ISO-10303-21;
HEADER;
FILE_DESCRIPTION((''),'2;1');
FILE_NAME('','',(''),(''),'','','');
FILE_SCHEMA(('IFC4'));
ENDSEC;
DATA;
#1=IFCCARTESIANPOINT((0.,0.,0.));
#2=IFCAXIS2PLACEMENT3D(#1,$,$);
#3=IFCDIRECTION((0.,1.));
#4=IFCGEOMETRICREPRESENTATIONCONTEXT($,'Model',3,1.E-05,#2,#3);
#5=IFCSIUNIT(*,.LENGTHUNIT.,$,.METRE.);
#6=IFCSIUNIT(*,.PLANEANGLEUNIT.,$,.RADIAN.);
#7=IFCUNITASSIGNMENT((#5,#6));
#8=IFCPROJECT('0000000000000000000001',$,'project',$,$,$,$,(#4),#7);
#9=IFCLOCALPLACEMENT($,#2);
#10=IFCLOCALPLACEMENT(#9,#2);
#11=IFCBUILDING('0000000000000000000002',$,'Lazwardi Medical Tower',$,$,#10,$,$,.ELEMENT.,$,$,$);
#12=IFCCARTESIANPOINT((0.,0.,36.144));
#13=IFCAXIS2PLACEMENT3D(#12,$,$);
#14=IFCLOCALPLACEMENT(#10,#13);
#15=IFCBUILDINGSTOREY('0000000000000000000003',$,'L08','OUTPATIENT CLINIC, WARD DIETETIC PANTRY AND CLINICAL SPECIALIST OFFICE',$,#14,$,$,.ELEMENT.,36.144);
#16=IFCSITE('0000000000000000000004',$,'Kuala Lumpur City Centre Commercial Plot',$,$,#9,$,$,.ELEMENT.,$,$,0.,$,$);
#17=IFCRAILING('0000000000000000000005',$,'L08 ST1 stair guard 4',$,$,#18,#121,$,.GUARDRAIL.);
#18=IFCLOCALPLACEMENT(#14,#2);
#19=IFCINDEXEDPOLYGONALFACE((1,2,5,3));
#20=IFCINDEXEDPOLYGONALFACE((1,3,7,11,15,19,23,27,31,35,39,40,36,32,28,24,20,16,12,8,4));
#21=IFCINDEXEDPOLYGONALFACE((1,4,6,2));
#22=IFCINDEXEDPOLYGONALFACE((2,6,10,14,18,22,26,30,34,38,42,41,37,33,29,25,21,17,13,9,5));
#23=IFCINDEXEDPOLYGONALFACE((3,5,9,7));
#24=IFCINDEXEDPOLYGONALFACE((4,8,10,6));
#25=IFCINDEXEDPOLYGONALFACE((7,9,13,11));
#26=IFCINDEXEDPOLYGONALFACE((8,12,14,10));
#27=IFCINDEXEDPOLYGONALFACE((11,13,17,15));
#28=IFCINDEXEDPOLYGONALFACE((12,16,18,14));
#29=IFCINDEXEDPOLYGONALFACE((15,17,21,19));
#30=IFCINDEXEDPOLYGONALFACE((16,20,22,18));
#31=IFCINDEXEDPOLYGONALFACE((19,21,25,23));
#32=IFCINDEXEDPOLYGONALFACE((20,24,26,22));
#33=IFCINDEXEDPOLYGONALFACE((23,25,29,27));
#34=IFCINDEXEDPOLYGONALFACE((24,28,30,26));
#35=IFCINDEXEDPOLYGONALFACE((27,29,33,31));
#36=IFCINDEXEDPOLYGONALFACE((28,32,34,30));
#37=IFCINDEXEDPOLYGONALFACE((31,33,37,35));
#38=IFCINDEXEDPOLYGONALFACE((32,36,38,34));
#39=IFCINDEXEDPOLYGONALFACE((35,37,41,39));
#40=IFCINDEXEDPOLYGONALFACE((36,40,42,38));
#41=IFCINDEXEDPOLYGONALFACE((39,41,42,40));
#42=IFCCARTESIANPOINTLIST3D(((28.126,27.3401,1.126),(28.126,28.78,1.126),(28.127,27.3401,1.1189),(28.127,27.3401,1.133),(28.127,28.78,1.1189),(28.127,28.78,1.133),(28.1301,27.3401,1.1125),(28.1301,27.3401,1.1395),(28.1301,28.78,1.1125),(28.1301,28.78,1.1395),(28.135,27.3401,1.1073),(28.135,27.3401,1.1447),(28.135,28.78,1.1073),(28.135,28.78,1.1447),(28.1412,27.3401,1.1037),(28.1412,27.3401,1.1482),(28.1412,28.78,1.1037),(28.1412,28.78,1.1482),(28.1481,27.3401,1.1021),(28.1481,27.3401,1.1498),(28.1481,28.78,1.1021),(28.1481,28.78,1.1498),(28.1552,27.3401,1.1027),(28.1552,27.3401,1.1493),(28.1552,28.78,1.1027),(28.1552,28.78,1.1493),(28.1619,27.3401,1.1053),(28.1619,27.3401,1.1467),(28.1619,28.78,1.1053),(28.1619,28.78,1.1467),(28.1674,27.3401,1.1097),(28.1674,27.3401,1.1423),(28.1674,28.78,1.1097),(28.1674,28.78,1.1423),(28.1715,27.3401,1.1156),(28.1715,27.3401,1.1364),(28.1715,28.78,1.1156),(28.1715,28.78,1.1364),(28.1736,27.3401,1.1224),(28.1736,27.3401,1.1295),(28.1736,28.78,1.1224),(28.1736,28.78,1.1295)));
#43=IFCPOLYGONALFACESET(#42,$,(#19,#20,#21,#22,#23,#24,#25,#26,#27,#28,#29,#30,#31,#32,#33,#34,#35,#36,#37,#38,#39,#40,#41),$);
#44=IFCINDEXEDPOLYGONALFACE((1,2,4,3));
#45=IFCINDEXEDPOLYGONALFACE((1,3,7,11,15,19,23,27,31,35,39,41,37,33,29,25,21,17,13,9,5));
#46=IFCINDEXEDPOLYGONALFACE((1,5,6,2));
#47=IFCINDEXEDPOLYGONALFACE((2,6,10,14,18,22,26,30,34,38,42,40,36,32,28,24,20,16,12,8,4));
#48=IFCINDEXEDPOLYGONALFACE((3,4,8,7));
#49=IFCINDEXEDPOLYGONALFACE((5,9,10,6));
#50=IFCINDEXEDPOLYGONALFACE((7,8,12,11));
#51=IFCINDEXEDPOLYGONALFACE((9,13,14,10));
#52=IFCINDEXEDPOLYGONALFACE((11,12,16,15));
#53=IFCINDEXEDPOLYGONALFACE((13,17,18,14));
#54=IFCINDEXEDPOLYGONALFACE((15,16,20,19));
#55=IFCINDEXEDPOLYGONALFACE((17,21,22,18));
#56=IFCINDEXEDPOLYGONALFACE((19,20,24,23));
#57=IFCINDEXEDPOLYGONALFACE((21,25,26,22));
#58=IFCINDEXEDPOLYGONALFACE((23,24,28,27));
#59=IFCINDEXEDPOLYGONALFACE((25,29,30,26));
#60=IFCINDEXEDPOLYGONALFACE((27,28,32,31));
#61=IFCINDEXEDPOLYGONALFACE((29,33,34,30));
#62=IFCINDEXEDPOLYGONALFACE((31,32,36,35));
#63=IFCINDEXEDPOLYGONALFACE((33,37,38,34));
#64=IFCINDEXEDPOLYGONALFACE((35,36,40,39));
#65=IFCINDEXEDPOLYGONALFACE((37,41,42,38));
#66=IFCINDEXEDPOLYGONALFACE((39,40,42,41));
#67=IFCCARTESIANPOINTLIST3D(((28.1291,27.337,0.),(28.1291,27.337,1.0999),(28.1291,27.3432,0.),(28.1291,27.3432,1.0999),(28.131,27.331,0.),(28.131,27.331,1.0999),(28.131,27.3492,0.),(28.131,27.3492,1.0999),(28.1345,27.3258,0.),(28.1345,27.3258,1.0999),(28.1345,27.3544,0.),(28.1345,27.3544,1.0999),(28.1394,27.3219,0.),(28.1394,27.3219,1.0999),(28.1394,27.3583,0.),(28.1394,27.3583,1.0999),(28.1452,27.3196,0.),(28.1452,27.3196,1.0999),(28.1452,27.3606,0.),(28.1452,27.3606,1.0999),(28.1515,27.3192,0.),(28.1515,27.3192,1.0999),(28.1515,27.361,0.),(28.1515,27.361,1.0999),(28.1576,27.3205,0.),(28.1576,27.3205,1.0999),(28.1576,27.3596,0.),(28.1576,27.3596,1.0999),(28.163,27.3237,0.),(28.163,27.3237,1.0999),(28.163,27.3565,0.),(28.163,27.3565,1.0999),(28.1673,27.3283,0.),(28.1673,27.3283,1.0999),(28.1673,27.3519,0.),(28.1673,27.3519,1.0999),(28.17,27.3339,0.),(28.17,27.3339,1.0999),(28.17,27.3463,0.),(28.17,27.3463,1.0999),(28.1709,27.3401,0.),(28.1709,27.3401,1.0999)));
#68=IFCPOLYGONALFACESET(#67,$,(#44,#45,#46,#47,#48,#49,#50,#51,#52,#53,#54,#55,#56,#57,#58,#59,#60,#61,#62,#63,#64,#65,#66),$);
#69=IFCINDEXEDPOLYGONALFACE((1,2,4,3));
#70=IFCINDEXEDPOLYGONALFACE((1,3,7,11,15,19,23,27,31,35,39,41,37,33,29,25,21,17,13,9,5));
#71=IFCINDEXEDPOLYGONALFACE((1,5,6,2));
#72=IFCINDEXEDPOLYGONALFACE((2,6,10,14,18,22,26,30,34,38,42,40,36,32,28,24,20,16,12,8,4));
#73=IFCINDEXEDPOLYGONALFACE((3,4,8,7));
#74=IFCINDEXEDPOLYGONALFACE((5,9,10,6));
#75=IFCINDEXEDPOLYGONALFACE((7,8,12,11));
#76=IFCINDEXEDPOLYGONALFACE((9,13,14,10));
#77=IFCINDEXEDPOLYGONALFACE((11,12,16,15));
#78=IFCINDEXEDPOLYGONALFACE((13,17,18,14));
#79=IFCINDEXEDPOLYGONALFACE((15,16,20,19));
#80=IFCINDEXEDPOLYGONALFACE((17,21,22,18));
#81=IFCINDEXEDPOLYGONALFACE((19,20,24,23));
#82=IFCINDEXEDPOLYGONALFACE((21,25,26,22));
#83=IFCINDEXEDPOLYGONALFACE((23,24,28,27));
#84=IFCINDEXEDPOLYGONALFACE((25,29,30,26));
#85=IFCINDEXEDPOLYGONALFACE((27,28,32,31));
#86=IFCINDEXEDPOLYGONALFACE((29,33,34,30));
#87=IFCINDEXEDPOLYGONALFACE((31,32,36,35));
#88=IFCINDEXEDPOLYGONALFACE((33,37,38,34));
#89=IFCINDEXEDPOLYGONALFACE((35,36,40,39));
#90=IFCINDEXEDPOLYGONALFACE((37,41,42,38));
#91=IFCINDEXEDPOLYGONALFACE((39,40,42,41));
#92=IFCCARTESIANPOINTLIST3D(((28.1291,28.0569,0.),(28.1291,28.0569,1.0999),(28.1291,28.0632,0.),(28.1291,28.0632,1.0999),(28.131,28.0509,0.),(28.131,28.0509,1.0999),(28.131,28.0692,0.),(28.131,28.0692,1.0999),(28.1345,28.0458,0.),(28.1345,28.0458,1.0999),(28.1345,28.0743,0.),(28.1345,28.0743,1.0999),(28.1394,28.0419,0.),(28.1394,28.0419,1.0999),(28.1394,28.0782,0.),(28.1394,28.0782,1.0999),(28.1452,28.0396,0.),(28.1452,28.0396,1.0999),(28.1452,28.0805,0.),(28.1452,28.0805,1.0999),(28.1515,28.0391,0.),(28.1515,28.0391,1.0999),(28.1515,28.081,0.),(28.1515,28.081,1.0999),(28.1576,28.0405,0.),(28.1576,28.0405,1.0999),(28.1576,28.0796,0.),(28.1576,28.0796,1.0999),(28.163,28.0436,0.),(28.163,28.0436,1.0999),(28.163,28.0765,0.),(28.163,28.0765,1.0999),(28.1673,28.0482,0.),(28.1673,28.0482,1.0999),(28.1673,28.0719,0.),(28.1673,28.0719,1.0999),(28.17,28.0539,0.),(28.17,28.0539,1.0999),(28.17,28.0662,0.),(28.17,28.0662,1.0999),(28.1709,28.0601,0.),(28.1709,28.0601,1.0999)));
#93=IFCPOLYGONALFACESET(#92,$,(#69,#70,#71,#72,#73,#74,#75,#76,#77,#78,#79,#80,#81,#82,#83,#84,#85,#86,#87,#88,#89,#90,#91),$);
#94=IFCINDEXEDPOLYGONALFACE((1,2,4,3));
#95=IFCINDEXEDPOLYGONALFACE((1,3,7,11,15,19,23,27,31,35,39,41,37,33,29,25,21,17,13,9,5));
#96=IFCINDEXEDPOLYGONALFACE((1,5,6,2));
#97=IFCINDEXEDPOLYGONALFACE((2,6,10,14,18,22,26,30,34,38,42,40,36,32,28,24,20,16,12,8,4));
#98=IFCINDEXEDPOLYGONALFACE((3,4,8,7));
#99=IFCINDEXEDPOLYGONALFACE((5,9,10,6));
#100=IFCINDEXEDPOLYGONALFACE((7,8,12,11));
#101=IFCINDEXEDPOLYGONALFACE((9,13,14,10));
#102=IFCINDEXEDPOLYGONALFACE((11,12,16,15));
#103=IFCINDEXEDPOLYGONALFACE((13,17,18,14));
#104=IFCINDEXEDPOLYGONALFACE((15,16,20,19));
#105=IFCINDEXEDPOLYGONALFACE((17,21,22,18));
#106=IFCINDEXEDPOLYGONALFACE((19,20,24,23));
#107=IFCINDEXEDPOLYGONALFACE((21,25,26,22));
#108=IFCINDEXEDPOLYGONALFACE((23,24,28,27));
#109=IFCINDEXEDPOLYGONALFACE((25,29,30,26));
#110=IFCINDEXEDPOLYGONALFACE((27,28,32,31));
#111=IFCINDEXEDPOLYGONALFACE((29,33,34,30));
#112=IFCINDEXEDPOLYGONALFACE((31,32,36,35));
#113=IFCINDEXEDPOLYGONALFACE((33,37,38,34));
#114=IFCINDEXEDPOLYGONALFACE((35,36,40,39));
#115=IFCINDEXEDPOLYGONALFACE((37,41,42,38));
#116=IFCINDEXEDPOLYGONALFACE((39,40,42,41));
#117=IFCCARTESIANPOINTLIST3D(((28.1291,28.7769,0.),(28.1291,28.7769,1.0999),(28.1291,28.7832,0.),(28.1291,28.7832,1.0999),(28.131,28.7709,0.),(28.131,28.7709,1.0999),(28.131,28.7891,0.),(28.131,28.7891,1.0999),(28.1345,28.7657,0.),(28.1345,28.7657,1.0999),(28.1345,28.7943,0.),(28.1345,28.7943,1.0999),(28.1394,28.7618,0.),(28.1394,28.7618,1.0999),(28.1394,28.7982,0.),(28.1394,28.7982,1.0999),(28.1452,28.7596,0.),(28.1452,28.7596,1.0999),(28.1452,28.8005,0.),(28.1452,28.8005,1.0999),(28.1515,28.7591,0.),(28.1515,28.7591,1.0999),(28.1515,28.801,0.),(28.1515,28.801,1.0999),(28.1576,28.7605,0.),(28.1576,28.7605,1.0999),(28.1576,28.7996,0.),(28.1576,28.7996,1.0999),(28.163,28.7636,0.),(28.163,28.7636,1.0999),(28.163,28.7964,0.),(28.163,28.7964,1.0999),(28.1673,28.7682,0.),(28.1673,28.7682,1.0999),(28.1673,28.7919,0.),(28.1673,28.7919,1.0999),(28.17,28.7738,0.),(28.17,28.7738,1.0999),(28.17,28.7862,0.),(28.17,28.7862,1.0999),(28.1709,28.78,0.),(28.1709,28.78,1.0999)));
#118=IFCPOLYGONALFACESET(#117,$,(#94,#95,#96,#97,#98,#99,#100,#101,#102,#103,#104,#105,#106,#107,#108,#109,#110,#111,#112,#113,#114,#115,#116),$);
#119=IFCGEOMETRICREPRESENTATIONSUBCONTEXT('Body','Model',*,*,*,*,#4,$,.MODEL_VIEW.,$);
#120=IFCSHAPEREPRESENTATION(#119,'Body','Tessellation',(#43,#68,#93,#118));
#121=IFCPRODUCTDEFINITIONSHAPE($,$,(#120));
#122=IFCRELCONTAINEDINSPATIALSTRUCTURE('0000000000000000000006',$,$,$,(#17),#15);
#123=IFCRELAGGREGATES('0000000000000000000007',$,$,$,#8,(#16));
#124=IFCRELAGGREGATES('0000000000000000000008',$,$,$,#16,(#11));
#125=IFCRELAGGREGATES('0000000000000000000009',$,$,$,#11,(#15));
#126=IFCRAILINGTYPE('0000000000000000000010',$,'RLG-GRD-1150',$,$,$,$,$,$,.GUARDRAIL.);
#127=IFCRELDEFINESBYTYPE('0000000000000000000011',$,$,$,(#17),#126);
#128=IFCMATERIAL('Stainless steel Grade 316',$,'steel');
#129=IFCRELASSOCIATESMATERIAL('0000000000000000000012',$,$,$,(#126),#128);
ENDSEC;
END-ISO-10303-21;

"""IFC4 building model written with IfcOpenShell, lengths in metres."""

from ifc_helpers import new_model, si_unit, direction, frame, origin, origin_2d, place, context, subcontext, project, spatial, circle, extrude, material, type_object, element, save


model = new_model("IFC4")

# Units and contexts
model_context = context("Model", 3, precision=1e-05, world=origin(), true_north=direction((0.0, 1.0)))
body_context = subcontext(model_context, "Body", "Model", "MODEL_VIEW")
ifc_project = project(units=[si_unit("LENGTHUNIT", "METRE"), si_unit("PLANEANGLEUNIT", "RADIAN")], contexts=[model_context])

# Site, building, storey
site_placement = place(None, origin())
site = spatial("IfcSite", under=ifc_project, at=site_placement, Name="Kuala Lumpur City Centre Commercial Plot", CompositionType="ELEMENT", RefElevation=0.0)
building_placement = place(site_placement, origin())
building = spatial("IfcBuilding", under=site, at=building_placement, Name="Lazwardi Medical Tower", CompositionType="ELEMENT")
storey_placement = place(building_placement, frame((0.0, 0.0, 36.144)))
storey = spatial("IfcBuildingStorey", under=building, at=storey_placement, Name="L08", Description="OUTPATIENT CLINIC, WARD DIETETIC PANTRY AND CLINICAL SPECIALIST OFFICE", CompositionType="ELEMENT", Elevation=36.144)

# Railing
ifc_material_1 = material(Name="Stainless steel Grade 316", Category="steel")
railing_type_1 = type_object("IfcRailingType", Name="RLG-GRD-1150", PredefinedType="GUARDRAIL", material=ifc_material_1)
railing_1_placement = place(storey_placement, frame((28.1499, 27.3401, 0.0)))
element("IfcRailing", 1, at=railing_1_placement, inside=storey, type_object=railing_type_1, Name="L08 ST1 stair guard 4", PredefinedType="GUARDRAIL", context=body_context, shape_type="SweptSolid", body=[
    extrude(circle(Radius=0.0239, at=origin_2d()), frame((0.0, 0.0, 1.126), z_axis=(0.0, 1.0, 0.0), x_axis=(-1.0, 0.0, 0.0)), (0.0, 0.0, 1.0), 1.4399),
    extrude(circle(Radius=0.021, at=origin_2d()), origin(), (0.0, 0.0, 1.0), 1.0999),
    extrude(circle(Radius=0.021, at=origin_2d()), frame((0.0, 0.72, 0.0)), (0.0, 0.0, 1.0), 1.0999),
    extrude(circle(Radius=0.021, at=origin_2d()), frame((0.0, 1.4399, 0.0)), (0.0, 0.0, 1.0), 1.0999),
])

save(model, "model.ifc")
